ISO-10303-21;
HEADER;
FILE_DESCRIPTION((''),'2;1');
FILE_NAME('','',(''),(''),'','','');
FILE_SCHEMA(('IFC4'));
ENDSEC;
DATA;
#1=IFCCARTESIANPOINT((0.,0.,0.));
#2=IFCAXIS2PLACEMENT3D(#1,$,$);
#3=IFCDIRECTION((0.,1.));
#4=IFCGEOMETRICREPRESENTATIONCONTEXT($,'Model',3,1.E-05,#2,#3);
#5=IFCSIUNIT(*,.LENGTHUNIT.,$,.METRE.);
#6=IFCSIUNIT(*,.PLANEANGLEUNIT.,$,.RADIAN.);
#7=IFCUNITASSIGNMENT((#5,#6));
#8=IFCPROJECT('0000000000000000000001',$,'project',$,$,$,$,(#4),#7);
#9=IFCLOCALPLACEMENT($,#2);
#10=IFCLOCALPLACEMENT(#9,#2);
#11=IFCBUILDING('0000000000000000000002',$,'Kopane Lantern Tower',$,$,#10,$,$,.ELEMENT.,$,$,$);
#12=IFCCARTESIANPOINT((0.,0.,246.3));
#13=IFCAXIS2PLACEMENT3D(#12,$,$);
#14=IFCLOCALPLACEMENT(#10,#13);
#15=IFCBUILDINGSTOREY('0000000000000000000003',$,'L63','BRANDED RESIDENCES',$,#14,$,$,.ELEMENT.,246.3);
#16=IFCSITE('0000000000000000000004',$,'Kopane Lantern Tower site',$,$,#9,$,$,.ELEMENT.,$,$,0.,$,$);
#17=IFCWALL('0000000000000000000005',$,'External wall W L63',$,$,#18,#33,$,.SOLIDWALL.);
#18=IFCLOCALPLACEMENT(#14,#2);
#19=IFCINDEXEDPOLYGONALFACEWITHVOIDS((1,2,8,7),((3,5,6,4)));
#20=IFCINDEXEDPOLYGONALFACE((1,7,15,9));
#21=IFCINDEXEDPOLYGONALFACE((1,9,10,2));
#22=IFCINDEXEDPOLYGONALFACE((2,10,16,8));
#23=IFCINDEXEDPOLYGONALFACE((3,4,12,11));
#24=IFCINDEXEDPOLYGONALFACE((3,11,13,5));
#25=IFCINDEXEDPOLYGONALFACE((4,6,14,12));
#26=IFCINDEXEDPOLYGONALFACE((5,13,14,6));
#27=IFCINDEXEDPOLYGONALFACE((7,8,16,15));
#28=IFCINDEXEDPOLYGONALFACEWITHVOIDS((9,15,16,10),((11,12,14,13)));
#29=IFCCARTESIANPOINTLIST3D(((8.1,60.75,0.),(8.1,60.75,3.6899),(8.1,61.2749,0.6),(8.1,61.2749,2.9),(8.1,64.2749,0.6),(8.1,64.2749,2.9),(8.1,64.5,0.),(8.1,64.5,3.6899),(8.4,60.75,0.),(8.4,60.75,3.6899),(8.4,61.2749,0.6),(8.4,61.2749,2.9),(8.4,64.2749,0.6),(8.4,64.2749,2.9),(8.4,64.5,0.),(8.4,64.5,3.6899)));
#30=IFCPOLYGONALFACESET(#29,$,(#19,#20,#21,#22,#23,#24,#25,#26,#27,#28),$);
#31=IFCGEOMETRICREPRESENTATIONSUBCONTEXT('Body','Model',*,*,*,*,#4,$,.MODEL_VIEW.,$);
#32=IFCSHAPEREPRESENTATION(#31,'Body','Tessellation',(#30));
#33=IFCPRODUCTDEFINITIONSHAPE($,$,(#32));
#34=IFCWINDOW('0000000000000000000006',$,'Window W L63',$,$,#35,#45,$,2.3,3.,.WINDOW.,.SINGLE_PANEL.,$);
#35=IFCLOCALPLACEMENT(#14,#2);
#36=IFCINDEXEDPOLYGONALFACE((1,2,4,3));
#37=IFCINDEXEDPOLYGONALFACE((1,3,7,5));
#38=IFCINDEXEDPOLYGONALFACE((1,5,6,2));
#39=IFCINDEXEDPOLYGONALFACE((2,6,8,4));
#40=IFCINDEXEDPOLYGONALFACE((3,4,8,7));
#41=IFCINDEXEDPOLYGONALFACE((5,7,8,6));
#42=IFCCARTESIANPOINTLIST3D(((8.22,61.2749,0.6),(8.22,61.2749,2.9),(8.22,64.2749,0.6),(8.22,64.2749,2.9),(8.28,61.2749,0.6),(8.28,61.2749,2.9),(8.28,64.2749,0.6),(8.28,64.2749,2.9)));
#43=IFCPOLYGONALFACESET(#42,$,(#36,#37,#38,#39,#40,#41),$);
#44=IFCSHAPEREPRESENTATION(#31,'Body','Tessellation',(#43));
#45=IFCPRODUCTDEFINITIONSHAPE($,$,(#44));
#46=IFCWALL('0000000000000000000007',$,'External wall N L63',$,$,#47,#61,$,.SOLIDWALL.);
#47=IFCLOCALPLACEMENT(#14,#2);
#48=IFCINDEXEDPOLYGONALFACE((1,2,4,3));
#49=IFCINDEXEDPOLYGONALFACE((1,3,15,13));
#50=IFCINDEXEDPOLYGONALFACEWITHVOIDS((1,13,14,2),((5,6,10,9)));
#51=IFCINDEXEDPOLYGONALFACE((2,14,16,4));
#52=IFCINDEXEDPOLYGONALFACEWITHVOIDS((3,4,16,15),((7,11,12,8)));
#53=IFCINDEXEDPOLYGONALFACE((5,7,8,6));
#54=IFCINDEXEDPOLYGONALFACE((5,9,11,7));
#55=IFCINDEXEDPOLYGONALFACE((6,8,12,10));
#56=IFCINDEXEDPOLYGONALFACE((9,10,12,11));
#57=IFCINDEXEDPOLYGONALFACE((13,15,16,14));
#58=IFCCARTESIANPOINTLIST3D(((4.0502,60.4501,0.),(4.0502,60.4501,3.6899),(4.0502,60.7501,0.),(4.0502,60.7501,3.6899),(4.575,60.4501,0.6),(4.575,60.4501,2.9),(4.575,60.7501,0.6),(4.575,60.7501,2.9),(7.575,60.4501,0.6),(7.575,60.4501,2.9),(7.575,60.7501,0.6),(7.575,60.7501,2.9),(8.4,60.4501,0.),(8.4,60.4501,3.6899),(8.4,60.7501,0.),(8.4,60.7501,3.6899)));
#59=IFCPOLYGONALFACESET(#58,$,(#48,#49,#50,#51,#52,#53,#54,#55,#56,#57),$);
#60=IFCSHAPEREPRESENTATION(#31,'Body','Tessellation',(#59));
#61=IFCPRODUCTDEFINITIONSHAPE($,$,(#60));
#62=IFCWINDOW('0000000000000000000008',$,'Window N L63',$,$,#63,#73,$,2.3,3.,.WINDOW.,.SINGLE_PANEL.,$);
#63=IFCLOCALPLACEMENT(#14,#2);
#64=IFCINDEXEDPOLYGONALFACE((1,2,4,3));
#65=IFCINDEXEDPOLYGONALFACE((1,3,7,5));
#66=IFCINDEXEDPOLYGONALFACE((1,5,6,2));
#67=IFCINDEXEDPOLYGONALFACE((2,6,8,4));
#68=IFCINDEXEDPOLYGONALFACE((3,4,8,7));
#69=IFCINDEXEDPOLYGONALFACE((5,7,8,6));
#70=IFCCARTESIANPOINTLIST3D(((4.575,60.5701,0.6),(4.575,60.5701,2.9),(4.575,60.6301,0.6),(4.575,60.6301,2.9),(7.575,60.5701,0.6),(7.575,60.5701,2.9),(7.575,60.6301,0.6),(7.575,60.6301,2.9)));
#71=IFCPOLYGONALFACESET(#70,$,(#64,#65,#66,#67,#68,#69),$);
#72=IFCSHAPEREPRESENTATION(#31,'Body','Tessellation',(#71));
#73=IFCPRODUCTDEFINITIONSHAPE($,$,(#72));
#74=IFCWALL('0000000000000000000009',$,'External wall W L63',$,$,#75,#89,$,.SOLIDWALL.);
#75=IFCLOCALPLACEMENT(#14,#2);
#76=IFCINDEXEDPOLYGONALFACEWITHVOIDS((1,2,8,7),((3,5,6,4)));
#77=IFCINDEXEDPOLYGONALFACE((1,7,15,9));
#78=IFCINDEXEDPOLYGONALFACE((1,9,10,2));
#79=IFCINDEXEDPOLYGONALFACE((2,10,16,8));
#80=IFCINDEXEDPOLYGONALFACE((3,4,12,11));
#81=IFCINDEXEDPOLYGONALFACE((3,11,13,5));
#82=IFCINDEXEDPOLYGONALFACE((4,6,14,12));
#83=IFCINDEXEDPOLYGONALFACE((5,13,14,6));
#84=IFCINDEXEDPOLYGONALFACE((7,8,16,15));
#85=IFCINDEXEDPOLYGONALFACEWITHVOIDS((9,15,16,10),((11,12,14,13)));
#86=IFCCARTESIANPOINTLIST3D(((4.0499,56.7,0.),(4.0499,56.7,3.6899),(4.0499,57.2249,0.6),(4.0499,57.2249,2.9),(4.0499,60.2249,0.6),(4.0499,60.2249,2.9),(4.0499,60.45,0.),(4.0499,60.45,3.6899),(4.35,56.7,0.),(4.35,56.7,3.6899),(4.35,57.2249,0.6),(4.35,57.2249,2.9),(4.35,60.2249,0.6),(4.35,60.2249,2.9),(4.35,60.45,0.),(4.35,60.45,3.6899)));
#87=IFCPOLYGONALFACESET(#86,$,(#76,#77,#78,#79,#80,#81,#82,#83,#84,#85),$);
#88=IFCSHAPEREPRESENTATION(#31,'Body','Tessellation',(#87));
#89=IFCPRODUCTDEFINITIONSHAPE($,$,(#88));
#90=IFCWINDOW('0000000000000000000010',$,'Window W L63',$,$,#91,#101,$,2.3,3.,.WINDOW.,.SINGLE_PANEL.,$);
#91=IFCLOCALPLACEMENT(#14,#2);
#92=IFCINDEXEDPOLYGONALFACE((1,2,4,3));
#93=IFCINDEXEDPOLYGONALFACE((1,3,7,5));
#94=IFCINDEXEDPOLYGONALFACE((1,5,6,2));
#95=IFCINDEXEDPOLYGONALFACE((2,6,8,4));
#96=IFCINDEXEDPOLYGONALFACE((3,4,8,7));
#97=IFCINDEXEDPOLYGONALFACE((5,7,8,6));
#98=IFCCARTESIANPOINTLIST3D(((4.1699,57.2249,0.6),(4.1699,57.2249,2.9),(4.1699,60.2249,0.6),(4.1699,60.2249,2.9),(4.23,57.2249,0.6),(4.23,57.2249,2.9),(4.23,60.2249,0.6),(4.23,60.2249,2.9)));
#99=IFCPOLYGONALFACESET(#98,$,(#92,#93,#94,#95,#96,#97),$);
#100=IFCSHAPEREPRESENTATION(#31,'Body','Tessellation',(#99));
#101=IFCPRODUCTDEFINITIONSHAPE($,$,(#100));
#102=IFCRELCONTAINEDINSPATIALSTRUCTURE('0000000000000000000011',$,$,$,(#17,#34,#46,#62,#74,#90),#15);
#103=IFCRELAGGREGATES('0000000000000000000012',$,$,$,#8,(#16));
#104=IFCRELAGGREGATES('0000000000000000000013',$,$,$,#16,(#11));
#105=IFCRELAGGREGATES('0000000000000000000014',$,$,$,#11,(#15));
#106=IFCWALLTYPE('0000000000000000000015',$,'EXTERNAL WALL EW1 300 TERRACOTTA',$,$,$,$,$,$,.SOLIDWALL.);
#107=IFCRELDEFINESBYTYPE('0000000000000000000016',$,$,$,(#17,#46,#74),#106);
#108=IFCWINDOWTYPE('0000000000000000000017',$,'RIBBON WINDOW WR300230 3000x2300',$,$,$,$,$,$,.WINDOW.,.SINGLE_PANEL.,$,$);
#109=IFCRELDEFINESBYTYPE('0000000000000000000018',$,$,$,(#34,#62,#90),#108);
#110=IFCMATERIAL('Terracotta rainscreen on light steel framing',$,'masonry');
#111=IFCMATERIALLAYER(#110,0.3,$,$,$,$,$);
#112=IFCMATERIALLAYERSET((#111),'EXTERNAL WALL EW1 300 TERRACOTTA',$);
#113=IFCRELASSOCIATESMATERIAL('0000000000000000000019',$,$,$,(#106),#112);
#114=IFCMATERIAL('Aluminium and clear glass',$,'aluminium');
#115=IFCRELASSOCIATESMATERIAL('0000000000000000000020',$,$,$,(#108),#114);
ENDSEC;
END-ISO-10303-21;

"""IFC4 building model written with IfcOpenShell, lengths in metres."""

from ifc_helpers import new_model, si_unit, direction, frame, frame_2d, origin, place, context, subcontext, project, spatial, rectangle, extrude, material, layer, layer_set, type_object, element, fill, save


model = new_model("IFC4")

# Units and contexts
model_context = context("Model", 3, precision=1e-05, world=origin(), true_north=direction((0.0, 1.0)))
body_context = subcontext(model_context, "Body", "Model", "MODEL_VIEW")
ifc_project = project(units=[si_unit("LENGTHUNIT", "METRE"), si_unit("PLANEANGLEUNIT", "RADIAN")], contexts=[model_context])

# Site, building, storey
site_placement = place(None, origin())
site = spatial("IfcSite", under=ifc_project, at=site_placement, Name="Kopane Lantern Tower site", CompositionType="ELEMENT", RefElevation=0.0)
building_placement = place(site_placement, origin())
building = spatial("IfcBuilding", under=site, at=building_placement, Name="Kopane Lantern Tower", CompositionType="ELEMENT")
storey_placement = place(building_placement, frame((0.0, 0.0, 246.3)))
storey = spatial("IfcBuildingStorey", under=building, at=storey_placement, Name="L63", Description="BRANDED RESIDENCES", CompositionType="ELEMENT", Elevation=246.3)

# Walls, openings, windows
ifc_material_1 = material(Name="Terracotta rainscreen on light steel framing", Category="masonry")
ifc_layer = layer(ifc_material_1, 0.3)
ifc_layer_set = layer_set([ifc_layer], Name="EXTERNAL WALL EW1 300 TERRACOTTA")
wall_type = type_object("IfcWallType", Name="EXTERNAL WALL EW1 300 TERRACOTTA", PredefinedType="SOLIDWALL", material=ifc_layer_set)
wall_1_placement = place(storey_placement, frame((8.25, 64.5, 0.0), z_axis=(0.0, 0.0, 1.0), x_axis=(0.0, -1.0, 0.0)))
wall_1 = element("IfcWall", 1, at=wall_1_placement, inside=storey, type_object=wall_type, Name="External wall W L63", PredefinedType="SOLIDWALL", context=body_context, shape_type="SweptSolid", body=[
    extrude(rectangle(XDim=3.75, YDim=0.3, at=frame_2d((1.875, 0.0))), origin(), (0.0, 0.0, 1.0), 3.6899),
])
opening_1_placement = place(wall_1_placement, frame((0.2251, 0.0, 0.6001)))
opening_1 = element("IfcOpeningElement", 2, at=opening_1_placement, cuts=wall_1, PredefinedType="OPENING", context=body_context, shape_type="SweptSolid", body=[
    extrude(rectangle(XDim=3.0, YDim=2.3, at=frame_2d((1.5, 1.1499))), frame((0.0, 0.1599, 0.0), z_axis=(0.0, -1.0, 0.0), x_axis=(1.0, 0.0, 0.0)), (0.0, 0.0, 1.0), 0.3201),
])
ifc_material_2 = material(Name="Aluminium and clear glass", Category="aluminium")
window_type = type_object("IfcWindowType", Name="RIBBON WINDOW WR300230 3000x2300", PartitioningType="SINGLE_PANEL", PredefinedType="WINDOW", material=ifc_material_2)
window_1_placement = place(opening_1_placement, origin())
window_1 = element("IfcWindow", 3, at=window_1_placement, inside=storey, type_object=window_type, Name="Window W L63", OverallHeight=2.3, OverallWidth=3.0, PartitioningType="SINGLE_PANEL", PredefinedType="WINDOW", context=body_context, shape_type="SweptSolid", body=[
    extrude(rectangle(XDim=3.0, YDim=2.3, at=frame_2d((1.5, 1.1499))), frame((0.0, 0.03, 0.0), z_axis=(0.0, -1.0, 0.0), x_axis=(1.0, 0.0, 0.0)), (0.0, 0.0, 1.0), 0.0601),
])
fill(opening_1, window_1)
wall_2_placement = place(storey_placement, frame((8.3999, 60.6001, 0.0), z_axis=(0.0, 0.0, 1.0), x_axis=(-1.0, 0.0, 0.0)))
wall_2 = element("IfcWall", 4, at=wall_2_placement, inside=storey, type_object=wall_type, Name="External wall N L63", PredefinedType="SOLIDWALL", context=body_context, shape_type="SweptSolid", body=[
    extrude(rectangle(XDim=4.3499, YDim=0.3, at=frame_2d((2.1748, 0.0))), origin(), (0.0, 0.0, 1.0), 3.6899),
])
opening_2_placement = place(wall_2_placement, frame((0.825, 0.0, 0.6001)))
opening_2 = element("IfcOpeningElement", 5, at=opening_2_placement, cuts=wall_2, PredefinedType="OPENING", context=body_context, shape_type="SweptSolid", body=[
    extrude(rectangle(XDim=3.0, YDim=2.3, at=frame_2d((1.5, 1.1499))), frame((0.0, 0.1599, 0.0), z_axis=(0.0, -1.0, 0.0), x_axis=(1.0, 0.0, 0.0)), (0.0, 0.0, 1.0), 0.3201),
])
window_2_placement = place(opening_2_placement, origin())
window_2 = element("IfcWindow", 6, at=window_2_placement, inside=storey, type_object=window_type, Name="Window N L63", OverallHeight=2.3, OverallWidth=3.0, PartitioningType="SINGLE_PANEL", PredefinedType="WINDOW", context=body_context, shape_type="SweptSolid", body=[
    extrude(rectangle(XDim=3.0, YDim=2.3, at=frame_2d((1.5, 1.1499))), frame((0.0, 0.03, 0.0), z_axis=(0.0, -1.0, 0.0), x_axis=(1.0, 0.0, 0.0)), (0.0, 0.0, 1.0), 0.0601),
])
fill(opening_2, window_2)
wall_3_placement = place(storey_placement, frame((4.2, 60.45, 0.0), z_axis=(0.0, 0.0, 1.0), x_axis=(0.0, -1.0, 0.0)))
wall_3 = element("IfcWall", 7, at=wall_3_placement, inside=storey, type_object=wall_type, Name="External wall W L63", PredefinedType="SOLIDWALL", context=body_context, shape_type="SweptSolid", body=[
    extrude(rectangle(XDim=3.75, YDim=0.3, at=frame_2d((1.875, 0.0))), origin(), (0.0, 0.0, 1.0), 3.6899),
])
opening_3_placement = place(wall_3_placement, frame((0.2251, 0.0, 0.6001)))
opening_3 = element("IfcOpeningElement", 8, at=opening_3_placement, cuts=wall_3, PredefinedType="OPENING", context=body_context, shape_type="SweptSolid", body=[
    extrude(rectangle(XDim=3.0, YDim=2.3, at=frame_2d((1.5, 1.1499))), frame((0.0, 0.1599, 0.0), z_axis=(0.0, -1.0, 0.0), x_axis=(1.0, 0.0, 0.0)), (0.0, 0.0, 1.0), 0.3201),
])
window_3_placement = place(opening_3_placement, origin())
window_3 = element("IfcWindow", 9, at=window_3_placement, inside=storey, type_object=window_type, Name="Window W L63", OverallHeight=2.3, OverallWidth=3.0, PartitioningType="SINGLE_PANEL", PredefinedType="WINDOW", context=body_context, shape_type="SweptSolid", body=[
    extrude(rectangle(XDim=3.0, YDim=2.3, at=frame_2d((1.5, 1.1499))), frame((0.0, 0.03, 0.0), z_axis=(0.0, -1.0, 0.0), x_axis=(1.0, 0.0, 0.0)), (0.0, 0.0, 1.0), 0.0601),
])
fill(opening_3, window_3)

save(model, "model.ifc")
